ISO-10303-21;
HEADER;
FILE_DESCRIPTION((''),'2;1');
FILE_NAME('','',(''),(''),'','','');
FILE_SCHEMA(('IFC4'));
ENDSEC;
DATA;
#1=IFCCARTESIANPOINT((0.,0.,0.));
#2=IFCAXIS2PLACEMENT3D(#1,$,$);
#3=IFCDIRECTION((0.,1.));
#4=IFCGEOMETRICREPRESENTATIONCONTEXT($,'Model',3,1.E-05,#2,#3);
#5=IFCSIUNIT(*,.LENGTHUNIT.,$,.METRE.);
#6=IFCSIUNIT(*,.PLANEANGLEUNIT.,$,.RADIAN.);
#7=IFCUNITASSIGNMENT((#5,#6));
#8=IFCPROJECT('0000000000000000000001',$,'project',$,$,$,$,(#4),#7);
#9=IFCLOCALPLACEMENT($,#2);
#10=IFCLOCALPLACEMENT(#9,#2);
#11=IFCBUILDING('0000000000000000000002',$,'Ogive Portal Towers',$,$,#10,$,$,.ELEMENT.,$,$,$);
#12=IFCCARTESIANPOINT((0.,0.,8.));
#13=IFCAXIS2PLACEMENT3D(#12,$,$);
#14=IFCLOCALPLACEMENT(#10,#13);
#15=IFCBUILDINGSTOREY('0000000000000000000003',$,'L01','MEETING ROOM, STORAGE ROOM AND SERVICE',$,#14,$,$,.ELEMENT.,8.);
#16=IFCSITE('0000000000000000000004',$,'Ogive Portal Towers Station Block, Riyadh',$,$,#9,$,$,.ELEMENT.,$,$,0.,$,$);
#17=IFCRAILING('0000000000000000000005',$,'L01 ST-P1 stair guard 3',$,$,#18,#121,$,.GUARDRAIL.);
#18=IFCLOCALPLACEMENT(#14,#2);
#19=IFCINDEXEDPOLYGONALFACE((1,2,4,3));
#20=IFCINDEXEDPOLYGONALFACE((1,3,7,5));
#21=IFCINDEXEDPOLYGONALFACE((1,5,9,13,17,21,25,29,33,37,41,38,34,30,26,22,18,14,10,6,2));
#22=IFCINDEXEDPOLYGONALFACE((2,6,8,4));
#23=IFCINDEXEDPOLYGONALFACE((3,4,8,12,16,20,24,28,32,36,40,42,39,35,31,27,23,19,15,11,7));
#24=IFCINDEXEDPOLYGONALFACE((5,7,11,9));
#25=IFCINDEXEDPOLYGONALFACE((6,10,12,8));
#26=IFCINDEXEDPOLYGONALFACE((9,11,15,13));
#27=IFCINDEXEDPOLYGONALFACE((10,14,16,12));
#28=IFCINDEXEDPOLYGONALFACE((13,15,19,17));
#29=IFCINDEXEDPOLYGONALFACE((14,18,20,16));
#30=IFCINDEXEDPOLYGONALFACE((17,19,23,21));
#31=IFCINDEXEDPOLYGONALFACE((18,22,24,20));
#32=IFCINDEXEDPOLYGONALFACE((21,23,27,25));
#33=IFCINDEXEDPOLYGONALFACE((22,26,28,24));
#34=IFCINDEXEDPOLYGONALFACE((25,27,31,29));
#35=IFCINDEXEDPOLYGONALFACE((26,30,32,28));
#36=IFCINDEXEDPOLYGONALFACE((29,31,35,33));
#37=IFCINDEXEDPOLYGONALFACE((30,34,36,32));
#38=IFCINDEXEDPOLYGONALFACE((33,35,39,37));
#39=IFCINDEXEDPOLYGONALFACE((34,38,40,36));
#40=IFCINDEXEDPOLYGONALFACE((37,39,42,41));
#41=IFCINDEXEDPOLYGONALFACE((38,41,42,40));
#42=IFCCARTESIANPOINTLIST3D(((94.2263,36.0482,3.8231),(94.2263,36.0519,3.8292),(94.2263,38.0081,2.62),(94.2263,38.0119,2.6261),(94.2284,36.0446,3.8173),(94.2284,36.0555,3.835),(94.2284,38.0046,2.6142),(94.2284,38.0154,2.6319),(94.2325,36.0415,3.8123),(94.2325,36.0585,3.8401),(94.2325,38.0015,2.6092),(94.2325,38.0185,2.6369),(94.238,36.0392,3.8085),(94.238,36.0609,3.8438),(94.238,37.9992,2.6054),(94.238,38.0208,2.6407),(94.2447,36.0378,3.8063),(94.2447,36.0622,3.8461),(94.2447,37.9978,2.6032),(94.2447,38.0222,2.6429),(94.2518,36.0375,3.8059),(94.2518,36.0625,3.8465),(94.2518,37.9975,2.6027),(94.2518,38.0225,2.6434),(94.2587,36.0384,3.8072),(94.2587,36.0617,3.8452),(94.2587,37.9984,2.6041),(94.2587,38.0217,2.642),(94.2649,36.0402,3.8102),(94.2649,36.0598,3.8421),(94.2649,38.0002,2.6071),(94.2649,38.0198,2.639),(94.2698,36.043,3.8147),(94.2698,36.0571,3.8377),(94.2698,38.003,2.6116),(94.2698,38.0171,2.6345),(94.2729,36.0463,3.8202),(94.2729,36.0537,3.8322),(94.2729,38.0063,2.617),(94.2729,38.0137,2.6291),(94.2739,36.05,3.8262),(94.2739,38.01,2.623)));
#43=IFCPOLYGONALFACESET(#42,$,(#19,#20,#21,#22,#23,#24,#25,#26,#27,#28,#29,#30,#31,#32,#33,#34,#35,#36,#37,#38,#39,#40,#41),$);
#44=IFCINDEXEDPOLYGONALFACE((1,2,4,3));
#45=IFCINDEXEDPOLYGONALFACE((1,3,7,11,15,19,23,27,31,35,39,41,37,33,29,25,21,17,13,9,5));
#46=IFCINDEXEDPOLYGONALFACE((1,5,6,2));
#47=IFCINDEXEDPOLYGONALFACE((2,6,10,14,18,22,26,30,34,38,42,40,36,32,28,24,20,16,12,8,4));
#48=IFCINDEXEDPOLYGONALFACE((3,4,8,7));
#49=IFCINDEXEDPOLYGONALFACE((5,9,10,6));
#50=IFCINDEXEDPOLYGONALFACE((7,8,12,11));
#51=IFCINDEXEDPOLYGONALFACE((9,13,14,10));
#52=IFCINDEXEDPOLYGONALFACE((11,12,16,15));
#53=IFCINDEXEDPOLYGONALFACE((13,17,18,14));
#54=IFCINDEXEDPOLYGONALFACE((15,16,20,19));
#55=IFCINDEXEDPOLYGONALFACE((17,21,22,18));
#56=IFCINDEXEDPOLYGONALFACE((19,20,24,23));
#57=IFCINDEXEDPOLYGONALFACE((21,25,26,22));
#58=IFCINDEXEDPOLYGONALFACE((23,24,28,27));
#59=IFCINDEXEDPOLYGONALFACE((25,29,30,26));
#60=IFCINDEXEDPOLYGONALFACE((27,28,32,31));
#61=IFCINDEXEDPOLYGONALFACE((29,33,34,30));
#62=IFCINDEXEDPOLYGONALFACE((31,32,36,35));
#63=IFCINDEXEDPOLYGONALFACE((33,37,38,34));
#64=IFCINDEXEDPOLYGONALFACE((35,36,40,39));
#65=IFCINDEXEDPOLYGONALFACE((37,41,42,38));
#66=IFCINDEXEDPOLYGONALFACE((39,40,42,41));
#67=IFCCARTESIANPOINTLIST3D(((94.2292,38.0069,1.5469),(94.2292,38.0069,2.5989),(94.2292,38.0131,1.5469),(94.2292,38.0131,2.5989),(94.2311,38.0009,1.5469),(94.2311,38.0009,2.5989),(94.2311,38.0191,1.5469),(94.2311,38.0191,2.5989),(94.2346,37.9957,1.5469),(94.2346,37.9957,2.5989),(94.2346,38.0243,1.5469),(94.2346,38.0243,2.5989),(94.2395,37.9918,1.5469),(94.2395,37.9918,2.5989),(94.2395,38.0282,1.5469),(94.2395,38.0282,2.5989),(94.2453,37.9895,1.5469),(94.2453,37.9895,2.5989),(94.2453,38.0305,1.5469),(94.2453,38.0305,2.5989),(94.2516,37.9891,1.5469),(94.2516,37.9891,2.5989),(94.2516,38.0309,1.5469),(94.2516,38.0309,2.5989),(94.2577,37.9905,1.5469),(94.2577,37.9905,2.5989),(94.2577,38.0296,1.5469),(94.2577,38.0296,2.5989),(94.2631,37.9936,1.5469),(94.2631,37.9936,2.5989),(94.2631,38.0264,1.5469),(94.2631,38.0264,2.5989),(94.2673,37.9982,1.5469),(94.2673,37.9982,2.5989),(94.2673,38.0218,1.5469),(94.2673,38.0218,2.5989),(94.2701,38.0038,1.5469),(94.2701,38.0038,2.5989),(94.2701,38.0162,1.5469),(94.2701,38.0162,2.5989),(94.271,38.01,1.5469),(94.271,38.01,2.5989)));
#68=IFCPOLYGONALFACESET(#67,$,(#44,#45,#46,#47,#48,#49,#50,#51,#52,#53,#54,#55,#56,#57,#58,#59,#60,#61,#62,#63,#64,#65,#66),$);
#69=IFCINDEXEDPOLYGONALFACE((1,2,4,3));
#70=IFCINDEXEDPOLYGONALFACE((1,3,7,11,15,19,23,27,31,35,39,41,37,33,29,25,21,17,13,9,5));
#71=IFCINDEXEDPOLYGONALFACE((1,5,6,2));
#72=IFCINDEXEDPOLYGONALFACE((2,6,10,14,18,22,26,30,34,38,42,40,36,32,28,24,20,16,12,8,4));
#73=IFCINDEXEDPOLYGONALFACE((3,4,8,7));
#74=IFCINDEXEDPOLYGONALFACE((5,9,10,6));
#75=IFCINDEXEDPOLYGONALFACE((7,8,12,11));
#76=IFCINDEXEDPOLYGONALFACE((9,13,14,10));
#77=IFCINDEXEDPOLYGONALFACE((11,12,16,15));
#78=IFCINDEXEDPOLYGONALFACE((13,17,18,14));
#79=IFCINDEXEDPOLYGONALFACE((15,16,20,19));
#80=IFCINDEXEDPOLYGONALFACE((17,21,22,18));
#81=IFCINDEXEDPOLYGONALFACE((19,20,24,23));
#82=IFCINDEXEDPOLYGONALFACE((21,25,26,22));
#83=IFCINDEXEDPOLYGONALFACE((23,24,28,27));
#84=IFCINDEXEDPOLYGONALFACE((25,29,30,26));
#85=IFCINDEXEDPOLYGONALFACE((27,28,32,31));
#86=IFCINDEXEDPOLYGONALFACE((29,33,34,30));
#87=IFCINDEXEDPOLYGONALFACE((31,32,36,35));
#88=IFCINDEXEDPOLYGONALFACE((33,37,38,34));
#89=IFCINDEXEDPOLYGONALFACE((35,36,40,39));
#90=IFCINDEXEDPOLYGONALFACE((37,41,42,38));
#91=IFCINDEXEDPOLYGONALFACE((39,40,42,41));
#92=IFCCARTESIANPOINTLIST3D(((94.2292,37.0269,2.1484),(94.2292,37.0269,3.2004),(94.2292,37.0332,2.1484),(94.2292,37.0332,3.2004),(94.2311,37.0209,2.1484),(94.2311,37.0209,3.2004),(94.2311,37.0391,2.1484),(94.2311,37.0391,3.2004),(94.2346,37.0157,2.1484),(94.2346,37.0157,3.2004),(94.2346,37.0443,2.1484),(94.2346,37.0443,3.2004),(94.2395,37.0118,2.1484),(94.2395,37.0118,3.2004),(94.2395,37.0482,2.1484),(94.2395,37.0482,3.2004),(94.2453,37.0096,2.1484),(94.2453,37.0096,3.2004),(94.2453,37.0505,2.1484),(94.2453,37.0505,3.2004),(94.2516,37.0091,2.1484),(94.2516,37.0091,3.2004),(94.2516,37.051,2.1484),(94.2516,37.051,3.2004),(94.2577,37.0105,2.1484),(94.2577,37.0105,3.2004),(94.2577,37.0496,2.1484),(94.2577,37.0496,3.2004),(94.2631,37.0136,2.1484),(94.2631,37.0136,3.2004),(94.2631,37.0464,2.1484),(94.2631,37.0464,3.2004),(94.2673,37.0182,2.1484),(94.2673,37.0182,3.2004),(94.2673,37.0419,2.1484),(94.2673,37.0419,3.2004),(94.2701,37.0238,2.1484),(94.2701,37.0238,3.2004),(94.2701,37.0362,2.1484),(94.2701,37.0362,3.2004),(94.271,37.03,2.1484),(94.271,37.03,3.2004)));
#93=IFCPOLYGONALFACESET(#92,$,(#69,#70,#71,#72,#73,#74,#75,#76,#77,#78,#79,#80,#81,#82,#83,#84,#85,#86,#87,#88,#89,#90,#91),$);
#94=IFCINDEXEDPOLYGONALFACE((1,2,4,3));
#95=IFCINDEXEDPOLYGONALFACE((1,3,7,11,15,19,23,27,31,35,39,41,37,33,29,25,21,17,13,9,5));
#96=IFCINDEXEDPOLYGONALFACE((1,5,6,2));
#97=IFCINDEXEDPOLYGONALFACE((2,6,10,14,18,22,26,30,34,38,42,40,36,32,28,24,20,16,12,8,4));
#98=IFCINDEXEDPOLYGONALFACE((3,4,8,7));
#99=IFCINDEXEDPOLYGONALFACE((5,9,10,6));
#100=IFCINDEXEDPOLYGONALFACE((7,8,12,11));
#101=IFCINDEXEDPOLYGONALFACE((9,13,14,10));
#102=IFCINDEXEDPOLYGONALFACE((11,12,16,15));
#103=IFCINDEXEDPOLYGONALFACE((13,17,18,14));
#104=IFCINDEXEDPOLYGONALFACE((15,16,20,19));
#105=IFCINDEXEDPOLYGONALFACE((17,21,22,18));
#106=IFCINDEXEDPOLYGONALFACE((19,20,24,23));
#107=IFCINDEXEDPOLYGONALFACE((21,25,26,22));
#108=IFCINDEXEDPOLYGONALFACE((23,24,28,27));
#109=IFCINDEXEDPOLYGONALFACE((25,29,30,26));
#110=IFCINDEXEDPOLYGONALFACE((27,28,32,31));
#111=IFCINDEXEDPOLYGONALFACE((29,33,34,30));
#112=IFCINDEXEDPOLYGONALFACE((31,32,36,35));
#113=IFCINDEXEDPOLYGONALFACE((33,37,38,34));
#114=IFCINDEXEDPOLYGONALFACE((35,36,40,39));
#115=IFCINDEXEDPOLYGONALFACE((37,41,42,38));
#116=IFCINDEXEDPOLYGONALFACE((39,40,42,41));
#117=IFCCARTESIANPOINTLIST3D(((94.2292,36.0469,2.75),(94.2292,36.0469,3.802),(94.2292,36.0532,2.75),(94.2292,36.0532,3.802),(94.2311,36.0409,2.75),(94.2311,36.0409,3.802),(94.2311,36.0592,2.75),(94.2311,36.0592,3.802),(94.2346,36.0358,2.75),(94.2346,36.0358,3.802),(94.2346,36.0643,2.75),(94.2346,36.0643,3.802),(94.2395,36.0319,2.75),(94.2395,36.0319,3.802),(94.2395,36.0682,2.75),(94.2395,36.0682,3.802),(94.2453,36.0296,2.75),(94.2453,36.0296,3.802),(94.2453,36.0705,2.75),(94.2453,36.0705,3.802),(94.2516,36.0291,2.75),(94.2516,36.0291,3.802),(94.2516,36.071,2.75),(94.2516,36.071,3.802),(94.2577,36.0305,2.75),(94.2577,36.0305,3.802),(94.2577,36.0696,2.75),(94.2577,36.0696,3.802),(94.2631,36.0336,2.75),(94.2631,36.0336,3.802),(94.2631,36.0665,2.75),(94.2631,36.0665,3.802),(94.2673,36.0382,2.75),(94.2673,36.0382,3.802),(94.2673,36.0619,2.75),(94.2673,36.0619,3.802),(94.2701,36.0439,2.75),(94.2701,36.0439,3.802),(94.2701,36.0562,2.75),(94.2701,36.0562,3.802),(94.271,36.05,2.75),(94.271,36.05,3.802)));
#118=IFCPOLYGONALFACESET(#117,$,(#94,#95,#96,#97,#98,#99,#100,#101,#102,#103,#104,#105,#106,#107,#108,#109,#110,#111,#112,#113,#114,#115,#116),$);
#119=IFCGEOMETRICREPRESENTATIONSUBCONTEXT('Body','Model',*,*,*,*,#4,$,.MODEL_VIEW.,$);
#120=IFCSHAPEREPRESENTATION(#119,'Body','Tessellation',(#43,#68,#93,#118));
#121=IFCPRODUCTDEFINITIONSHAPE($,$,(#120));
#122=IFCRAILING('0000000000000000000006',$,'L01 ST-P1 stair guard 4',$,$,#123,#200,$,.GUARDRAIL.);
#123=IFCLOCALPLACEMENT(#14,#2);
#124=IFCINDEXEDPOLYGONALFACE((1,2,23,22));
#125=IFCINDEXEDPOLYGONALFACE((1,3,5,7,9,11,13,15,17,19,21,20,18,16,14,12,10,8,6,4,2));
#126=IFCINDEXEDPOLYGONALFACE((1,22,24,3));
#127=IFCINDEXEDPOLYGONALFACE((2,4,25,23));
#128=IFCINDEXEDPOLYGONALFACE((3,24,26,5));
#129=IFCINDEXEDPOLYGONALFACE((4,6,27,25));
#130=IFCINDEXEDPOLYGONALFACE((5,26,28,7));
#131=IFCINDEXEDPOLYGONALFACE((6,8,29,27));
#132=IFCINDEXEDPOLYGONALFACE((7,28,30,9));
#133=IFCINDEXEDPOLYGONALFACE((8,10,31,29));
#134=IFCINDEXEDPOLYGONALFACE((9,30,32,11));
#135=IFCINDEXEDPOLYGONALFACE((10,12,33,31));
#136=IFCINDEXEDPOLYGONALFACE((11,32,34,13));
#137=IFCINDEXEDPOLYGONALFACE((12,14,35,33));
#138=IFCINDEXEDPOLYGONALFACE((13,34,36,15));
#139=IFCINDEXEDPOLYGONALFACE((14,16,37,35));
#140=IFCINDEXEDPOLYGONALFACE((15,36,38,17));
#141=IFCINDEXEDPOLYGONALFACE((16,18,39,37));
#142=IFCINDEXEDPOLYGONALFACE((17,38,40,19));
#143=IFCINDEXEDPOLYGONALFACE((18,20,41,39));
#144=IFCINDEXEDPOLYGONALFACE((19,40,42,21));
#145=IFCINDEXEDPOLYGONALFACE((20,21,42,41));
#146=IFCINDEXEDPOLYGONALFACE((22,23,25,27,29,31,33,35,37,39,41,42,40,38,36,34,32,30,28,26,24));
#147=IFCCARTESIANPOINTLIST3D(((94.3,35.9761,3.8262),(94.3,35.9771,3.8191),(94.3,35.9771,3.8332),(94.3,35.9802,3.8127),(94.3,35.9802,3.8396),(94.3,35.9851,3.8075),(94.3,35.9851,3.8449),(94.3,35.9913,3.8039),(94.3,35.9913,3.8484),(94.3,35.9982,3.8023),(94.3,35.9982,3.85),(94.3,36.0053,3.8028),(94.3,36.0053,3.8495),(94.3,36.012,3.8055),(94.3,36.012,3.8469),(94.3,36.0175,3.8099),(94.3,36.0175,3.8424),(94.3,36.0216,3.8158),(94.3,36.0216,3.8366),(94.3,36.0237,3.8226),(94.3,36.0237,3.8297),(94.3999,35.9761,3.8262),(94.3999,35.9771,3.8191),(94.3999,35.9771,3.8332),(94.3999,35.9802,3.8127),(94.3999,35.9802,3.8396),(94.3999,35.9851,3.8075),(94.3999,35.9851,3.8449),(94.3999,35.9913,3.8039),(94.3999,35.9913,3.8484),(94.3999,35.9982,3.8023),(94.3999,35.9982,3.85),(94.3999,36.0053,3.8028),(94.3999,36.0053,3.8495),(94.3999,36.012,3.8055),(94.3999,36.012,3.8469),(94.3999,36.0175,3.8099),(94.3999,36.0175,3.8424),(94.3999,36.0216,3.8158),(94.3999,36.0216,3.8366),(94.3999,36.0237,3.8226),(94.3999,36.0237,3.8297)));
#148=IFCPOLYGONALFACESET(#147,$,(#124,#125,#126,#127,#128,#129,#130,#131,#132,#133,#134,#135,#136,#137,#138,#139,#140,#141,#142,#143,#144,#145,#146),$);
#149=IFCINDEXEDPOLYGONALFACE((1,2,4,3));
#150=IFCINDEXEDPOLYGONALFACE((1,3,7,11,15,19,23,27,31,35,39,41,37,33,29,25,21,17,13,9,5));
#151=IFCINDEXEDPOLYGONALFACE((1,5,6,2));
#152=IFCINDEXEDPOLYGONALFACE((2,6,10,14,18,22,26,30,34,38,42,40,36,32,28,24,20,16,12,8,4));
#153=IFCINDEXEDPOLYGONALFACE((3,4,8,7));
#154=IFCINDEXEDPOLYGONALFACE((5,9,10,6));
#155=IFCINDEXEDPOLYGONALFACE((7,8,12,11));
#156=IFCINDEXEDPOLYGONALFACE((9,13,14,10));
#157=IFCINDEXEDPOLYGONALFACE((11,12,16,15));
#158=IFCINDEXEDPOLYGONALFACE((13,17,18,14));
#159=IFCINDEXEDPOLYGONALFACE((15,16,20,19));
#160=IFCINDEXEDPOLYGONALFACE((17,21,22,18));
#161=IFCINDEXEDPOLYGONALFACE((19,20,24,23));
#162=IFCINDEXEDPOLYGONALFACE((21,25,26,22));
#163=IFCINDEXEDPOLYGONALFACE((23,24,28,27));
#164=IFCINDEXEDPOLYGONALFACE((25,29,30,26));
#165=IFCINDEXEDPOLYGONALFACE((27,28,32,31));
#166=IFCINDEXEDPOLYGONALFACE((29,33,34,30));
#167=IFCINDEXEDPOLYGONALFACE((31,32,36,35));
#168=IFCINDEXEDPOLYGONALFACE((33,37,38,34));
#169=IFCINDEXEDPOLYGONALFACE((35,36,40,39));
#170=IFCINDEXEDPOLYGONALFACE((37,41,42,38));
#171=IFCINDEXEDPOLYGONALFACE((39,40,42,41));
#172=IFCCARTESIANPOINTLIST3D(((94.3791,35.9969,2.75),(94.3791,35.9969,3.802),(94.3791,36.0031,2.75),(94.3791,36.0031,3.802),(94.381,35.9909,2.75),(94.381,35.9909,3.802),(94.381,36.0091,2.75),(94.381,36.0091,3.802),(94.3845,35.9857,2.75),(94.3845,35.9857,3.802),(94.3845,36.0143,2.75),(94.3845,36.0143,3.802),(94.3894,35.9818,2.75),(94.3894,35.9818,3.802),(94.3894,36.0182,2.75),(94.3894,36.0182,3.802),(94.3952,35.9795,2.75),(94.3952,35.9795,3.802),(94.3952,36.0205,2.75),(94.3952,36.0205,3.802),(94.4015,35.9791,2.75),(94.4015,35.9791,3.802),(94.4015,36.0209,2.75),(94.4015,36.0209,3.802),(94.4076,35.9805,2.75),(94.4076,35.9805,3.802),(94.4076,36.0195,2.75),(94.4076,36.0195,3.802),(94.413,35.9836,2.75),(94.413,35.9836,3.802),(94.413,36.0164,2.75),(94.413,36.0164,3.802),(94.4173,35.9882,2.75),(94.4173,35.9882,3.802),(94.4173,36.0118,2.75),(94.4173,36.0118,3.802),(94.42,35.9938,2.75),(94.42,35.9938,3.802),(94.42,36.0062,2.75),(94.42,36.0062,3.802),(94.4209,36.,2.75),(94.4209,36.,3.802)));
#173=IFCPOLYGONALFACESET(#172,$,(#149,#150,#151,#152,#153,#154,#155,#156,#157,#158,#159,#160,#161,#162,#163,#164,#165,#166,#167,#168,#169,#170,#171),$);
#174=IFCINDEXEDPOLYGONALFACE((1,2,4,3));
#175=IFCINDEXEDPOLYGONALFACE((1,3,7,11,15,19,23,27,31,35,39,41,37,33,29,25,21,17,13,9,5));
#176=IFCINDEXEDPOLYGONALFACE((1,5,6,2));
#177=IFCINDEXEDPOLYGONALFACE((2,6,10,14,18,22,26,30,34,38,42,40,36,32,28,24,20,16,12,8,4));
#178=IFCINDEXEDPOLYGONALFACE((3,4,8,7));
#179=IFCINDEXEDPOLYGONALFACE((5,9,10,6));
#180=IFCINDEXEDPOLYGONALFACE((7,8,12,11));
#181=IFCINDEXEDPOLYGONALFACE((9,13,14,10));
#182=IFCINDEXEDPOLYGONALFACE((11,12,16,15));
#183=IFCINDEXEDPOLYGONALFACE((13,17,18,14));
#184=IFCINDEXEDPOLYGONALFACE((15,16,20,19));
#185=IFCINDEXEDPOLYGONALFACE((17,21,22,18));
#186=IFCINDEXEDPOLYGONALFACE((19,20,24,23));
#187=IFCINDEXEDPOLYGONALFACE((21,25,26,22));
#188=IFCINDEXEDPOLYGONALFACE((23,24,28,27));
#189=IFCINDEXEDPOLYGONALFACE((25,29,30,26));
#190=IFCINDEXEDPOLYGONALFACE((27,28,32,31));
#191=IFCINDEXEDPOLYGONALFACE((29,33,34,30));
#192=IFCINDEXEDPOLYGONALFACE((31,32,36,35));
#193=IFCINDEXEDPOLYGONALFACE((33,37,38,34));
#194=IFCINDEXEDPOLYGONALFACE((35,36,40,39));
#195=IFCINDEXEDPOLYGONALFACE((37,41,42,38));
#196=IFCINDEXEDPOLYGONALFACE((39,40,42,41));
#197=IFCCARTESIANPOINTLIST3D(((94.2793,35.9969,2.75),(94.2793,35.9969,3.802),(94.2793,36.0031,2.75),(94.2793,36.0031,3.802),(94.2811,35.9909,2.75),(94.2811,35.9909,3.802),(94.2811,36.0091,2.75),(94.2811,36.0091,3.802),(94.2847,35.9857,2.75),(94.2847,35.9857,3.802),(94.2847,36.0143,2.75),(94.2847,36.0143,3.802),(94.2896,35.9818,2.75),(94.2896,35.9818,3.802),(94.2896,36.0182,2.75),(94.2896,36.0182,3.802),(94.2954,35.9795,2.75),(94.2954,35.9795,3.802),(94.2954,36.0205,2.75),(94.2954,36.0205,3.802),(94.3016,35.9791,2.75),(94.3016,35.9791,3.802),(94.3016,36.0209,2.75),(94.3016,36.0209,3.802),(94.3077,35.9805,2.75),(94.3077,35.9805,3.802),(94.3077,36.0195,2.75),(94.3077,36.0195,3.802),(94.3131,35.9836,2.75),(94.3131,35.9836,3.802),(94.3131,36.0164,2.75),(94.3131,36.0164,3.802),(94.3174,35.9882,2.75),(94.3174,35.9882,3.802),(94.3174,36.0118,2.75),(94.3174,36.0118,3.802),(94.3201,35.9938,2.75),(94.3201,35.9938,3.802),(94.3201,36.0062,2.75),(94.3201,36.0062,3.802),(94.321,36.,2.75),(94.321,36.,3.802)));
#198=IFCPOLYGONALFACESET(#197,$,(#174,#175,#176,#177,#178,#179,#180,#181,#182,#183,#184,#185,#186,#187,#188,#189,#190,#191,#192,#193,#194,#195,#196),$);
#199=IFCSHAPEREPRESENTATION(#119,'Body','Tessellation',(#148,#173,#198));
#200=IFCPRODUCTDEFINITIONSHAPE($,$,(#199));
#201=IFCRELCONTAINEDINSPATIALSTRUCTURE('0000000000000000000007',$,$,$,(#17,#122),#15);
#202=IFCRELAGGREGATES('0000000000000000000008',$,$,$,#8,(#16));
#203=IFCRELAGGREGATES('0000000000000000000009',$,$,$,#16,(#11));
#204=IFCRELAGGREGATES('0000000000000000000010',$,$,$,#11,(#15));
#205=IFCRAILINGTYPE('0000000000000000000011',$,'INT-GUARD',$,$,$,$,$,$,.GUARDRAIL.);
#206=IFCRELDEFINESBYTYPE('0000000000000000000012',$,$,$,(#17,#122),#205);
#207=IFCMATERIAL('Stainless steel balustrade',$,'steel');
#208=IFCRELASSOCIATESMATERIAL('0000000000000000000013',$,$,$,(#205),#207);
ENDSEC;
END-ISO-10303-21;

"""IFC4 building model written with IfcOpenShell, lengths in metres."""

from ifc_helpers import new_model, si_unit, direction, frame, origin, origin_2d, place, context, subcontext, project, spatial, circle, extrude, material, type_object, element, save


model = new_model("IFC4")

# Units and contexts
model_context = context("Model", 3, precision=1e-05, world=origin(), true_north=direction((0.0, 1.0)))
body_context = subcontext(model_context, "Body", "Model", "MODEL_VIEW")
ifc_project = project(units=[si_unit("LENGTHUNIT", "METRE"), si_unit("PLANEANGLEUNIT", "RADIAN")], contexts=[model_context])

# Site, building, storey
site_placement = place(None, origin())
site = spatial("IfcSite", under=ifc_project, at=site_placement, Name="Ogive Portal Towers Station Block, Riyadh", CompositionType="ELEMENT", RefElevation=0.0)
building_placement = place(site_placement, origin())
building = spatial("IfcBuilding", under=site, at=building_placement, Name="Ogive Portal Towers", CompositionType="ELEMENT")
storey_placement = place(building_placement, frame((0.0, 0.0, 8.0)))
storey = spatial("IfcBuildingStorey", under=building, at=storey_placement, Name="L01", Description="MEETING ROOM, STORAGE ROOM AND SERVICE", CompositionType="ELEMENT", Elevation=8.0)

# Railings
ifc_material_1 = material(Name="Stainless steel balustrade", Category="steel")
railing_type_1 = type_object("IfcRailingType", Name="INT-GUARD", PredefinedType="GUARDRAIL", material=ifc_material_1)
railing_1_placement = place(storey_placement, frame((94.25, 38.01, 1.5469)))
element("IfcRailing", 1, at=railing_1_placement, inside=storey, type_object=railing_type_1, Name="L01 ST-P1 stair guard 3", PredefinedType="GUARDRAIL", context=body_context, shape_type="SweptSolid", body=[
    extrude(circle(Radius=0.0239, at=origin_2d()), frame((0.0, 0.0, 1.0762), z_axis=(0.0, -0.852241, 0.523149), x_axis=(1.0, 0.0, 0.0)), (0.0, 0.0, 1.0), 2.2998),
    extrude(circle(Radius=0.021, at=origin_2d()), origin(), (0.0, 0.0, 1.0), 1.052),
    extrude(circle(Radius=0.021, at=origin_2d()), frame((0.0, -0.98, 0.6016)), (0.0, 0.0, 1.0), 1.052),
    extrude(circle(Radius=0.021, at=origin_2d()), frame((0.0, -1.96, 1.2031)), (0.0, 0.0, 1.0), 1.052),
])
railing_2_placement = place(storey_placement, frame((94.3999, 36.0, 2.75)))
element("IfcRailing", 2, at=railing_2_placement, inside=storey, type_object=railing_type_1, Name="L01 ST-P1 stair guard 4", PredefinedType="GUARDRAIL", context=body_context, shape_type="SweptSolid", body=[
    extrude(circle(Radius=0.0239, at=origin_2d()), frame((0.0, 0.0, 1.0762), z_axis=(-1.0, 0.0, 0.0), x_axis=(0.0, -1.0, 0.0)), (0.0, 0.0, 1.0), 0.0999),
    extrude(circle(Radius=0.021, at=origin_2d()), origin(), (0.0, 0.0, 1.0), 1.052),
    extrude(circle(Radius=0.021, at=origin_2d()), frame((-0.0999, 0.0, 0.0)), (0.0, 0.0, 1.0), 1.052),
])

save(model, "model.ifc")
